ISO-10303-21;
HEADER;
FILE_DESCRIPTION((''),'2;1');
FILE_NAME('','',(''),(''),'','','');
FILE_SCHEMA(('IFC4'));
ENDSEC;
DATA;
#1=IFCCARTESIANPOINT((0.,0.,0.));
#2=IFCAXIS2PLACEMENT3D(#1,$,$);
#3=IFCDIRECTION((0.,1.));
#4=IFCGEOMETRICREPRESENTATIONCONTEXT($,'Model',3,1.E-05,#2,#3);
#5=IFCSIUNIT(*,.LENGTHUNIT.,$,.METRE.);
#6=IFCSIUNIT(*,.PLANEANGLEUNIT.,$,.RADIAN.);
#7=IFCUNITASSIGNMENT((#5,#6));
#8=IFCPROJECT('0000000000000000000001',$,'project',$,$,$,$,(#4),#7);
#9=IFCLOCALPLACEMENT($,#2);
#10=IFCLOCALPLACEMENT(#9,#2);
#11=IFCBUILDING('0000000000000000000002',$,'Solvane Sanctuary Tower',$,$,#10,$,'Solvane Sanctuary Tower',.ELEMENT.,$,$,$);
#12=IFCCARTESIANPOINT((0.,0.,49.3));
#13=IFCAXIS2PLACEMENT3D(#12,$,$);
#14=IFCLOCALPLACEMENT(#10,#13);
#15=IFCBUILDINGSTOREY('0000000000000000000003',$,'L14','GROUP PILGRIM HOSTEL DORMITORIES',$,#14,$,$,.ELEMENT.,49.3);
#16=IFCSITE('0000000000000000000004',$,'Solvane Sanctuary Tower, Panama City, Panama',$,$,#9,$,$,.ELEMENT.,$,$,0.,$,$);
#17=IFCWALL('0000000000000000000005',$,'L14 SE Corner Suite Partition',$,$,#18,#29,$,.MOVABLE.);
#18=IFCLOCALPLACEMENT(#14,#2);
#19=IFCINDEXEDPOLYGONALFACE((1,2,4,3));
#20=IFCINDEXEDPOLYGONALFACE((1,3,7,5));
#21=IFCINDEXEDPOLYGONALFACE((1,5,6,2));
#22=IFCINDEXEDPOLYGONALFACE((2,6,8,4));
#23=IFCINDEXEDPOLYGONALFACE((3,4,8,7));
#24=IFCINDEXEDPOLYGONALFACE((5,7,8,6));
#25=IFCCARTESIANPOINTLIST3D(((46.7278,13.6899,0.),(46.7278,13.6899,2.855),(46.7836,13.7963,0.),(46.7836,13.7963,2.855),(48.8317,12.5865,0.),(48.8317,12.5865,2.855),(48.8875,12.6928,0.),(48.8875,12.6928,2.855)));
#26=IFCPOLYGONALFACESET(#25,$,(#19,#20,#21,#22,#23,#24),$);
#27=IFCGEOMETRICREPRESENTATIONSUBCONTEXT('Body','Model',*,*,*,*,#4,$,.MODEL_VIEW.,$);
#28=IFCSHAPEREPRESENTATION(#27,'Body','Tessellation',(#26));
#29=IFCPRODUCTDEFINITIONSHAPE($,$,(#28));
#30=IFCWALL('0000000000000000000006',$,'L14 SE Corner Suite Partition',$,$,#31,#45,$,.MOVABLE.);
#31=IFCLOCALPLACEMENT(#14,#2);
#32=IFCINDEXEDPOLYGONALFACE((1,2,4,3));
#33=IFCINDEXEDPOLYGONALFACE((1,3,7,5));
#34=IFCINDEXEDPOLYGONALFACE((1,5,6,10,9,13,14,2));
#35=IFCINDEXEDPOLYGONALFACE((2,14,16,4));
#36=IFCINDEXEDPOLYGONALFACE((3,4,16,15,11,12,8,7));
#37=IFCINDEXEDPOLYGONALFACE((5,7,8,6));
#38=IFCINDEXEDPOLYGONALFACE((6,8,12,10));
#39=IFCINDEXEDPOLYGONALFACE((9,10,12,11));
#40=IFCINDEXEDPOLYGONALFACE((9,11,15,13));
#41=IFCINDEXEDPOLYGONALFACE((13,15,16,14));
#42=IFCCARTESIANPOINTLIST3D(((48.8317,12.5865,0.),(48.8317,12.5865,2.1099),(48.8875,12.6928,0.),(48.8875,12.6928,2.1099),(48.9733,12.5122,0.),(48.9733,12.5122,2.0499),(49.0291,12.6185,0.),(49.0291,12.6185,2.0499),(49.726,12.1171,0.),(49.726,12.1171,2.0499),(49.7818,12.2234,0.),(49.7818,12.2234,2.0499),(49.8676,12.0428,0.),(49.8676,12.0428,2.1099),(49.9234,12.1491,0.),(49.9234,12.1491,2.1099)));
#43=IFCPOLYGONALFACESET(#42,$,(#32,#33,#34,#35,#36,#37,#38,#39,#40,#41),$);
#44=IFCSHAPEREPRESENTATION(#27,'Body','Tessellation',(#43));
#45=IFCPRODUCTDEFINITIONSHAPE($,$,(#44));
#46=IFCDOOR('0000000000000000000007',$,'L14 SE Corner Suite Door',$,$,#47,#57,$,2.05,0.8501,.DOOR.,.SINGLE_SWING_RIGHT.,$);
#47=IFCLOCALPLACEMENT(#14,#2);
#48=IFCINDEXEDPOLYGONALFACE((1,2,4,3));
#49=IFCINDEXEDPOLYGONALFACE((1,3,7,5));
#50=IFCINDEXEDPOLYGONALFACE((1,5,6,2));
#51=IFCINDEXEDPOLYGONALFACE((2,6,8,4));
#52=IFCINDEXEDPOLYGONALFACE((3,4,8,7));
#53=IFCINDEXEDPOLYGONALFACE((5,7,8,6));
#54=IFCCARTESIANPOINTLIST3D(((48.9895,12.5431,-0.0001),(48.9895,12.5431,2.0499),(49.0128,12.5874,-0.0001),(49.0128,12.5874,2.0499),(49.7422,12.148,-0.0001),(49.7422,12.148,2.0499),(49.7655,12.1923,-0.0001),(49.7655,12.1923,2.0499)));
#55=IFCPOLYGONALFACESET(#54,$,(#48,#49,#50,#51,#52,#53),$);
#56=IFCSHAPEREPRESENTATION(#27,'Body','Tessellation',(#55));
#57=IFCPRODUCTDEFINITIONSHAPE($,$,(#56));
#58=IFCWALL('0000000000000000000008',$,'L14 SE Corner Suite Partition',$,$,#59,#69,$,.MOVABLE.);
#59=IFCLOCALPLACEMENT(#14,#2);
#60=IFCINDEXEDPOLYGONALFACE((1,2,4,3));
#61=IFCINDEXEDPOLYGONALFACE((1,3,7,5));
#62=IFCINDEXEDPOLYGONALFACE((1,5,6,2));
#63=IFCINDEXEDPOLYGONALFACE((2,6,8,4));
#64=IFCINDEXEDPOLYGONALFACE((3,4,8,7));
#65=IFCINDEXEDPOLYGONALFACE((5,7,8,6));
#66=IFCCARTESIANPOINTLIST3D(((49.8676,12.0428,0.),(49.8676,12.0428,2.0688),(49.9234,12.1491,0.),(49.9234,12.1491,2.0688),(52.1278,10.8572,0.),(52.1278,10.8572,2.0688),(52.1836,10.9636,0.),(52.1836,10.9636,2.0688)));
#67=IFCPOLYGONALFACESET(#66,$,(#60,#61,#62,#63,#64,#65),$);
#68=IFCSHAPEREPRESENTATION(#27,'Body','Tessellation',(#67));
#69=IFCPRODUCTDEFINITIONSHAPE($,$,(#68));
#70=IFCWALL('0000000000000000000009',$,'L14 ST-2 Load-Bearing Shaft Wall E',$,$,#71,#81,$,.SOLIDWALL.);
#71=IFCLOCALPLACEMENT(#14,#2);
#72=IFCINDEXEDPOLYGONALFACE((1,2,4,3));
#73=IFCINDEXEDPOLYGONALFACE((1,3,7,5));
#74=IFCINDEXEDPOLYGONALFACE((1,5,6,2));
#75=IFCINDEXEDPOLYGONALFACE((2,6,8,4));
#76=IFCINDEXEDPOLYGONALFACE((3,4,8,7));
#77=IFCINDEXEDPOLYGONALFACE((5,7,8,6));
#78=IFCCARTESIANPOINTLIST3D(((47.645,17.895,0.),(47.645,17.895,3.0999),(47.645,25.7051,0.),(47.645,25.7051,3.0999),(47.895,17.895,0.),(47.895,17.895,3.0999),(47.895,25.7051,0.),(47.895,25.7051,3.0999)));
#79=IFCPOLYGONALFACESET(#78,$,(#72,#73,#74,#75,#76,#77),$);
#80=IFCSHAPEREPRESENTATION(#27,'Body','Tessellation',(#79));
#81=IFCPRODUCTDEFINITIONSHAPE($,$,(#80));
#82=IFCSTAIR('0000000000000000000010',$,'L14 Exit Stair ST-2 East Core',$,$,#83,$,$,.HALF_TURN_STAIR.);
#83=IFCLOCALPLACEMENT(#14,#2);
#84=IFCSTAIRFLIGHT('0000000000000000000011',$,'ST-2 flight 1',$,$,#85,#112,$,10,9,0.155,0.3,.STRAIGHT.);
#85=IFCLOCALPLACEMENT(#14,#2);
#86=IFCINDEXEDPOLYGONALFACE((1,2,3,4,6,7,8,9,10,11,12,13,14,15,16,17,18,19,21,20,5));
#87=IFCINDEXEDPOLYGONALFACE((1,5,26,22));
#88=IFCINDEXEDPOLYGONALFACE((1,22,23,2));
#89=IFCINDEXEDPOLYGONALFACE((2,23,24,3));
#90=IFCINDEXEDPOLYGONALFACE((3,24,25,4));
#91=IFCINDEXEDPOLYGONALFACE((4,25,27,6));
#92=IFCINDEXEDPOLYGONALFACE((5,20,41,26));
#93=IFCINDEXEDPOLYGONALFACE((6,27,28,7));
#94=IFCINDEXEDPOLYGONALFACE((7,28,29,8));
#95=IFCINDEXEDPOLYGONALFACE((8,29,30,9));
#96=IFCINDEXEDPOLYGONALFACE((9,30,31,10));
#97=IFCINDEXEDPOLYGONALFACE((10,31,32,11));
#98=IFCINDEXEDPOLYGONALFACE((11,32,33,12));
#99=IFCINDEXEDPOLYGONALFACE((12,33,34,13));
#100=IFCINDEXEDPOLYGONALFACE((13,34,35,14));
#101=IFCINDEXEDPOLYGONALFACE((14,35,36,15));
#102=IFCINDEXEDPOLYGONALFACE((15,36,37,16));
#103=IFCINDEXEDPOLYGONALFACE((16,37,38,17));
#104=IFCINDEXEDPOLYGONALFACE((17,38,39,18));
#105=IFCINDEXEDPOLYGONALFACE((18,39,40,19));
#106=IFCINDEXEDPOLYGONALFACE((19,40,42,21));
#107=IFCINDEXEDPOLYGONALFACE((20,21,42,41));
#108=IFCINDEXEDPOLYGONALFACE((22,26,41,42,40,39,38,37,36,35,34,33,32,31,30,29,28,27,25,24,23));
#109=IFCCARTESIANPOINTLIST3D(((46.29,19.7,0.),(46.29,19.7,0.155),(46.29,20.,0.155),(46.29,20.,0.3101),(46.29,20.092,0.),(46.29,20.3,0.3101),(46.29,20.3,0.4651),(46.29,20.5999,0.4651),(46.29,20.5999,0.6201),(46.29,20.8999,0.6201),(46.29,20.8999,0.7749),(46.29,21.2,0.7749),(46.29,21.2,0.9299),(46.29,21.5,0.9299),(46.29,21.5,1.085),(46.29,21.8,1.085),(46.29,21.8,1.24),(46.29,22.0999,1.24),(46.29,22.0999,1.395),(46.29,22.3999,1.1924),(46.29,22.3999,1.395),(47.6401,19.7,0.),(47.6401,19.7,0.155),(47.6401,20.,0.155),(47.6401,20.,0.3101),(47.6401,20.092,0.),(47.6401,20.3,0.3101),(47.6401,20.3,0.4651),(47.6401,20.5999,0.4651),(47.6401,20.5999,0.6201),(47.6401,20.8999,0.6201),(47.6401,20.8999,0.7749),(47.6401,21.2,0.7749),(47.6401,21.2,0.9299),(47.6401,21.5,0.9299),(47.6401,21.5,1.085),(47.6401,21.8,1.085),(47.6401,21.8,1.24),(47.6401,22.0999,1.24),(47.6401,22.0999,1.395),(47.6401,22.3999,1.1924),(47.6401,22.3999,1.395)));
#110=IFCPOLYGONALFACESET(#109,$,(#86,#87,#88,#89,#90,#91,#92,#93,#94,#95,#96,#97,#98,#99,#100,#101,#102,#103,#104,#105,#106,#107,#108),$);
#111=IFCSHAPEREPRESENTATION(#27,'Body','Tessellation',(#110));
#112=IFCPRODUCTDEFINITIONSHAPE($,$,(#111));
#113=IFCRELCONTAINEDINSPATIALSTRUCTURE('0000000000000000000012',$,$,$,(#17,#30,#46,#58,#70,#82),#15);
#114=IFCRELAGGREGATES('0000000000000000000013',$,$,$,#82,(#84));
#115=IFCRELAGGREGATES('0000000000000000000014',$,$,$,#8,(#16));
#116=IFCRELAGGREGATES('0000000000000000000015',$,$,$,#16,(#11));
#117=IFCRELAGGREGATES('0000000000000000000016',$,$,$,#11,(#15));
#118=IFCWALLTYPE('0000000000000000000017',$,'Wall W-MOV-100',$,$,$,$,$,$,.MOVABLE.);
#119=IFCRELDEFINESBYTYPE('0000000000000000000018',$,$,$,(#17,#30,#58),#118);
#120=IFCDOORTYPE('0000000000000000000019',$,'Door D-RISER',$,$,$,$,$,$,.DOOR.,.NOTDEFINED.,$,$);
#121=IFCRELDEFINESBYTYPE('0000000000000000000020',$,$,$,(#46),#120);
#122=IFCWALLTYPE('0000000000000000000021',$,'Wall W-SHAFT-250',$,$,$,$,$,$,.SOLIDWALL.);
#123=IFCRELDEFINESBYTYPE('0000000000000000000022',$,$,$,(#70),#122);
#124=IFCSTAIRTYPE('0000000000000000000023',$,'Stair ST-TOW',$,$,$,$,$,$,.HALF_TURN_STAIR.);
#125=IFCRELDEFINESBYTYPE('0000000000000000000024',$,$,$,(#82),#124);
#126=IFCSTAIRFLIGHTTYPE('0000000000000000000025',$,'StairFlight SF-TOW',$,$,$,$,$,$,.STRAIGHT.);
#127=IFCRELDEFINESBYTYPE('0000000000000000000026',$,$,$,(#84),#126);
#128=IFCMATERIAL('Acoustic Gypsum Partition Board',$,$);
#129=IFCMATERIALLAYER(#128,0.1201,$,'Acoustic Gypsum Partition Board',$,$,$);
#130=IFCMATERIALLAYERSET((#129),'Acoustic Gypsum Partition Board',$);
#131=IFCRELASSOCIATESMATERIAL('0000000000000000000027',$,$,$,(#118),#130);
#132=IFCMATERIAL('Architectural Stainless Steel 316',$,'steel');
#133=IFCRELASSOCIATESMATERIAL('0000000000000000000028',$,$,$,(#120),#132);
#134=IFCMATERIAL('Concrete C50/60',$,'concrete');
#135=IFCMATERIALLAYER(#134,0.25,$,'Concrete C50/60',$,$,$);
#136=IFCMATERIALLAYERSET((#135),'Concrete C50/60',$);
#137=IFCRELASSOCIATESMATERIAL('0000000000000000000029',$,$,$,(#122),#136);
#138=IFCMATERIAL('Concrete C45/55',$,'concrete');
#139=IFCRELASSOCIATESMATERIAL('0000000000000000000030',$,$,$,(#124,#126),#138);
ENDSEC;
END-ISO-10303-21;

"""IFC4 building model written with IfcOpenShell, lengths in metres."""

from ifc_helpers import new_model, si_unit, direction, frame, frame_2d, origin, place, context, subcontext, project, spatial, polyline, rectangle, outline, extrude, material, layer, layer_set, type_object, element, fill, aggregate, save


model = new_model("IFC4")

# Units and contexts
model_context = context("Model", 3, precision=1e-05, world=origin(), true_north=direction((0.0, 1.0)))
body_context = subcontext(model_context, "Body", "Model", "MODEL_VIEW")
ifc_project = project(units=[si_unit("LENGTHUNIT", "METRE"), si_unit("PLANEANGLEUNIT", "RADIAN")], contexts=[model_context])

# Site, building, storey
site_placement = place(None, origin())
site = spatial("IfcSite", under=ifc_project, at=site_placement, Name="Solvane Sanctuary Tower, Panama City, Panama", CompositionType="ELEMENT", RefElevation=0.0)
building_placement = place(site_placement, origin())
building = spatial("IfcBuilding", under=site, at=building_placement, Name="Solvane Sanctuary Tower", LongName="Solvane Sanctuary Tower", CompositionType="ELEMENT")
storey_placement = place(building_placement, frame((0.0, 0.0, 49.3)))
storey = spatial("IfcBuildingStorey", under=building, at=storey_placement, Name="L14", Description="GROUP PILGRIM HOSTEL DORMITORIES", CompositionType="ELEMENT", Elevation=49.3)

# Shared definitions
ifc_material_1 = material(Name="Acoustic Gypsum Partition Board")

# Wall
ifc_layer_1 = layer(ifc_material_1, 0.1201, Name="Acoustic Gypsum Partition Board")
ifc_layer_set_1 = layer_set([ifc_layer_1], Name="Acoustic Gypsum Partition Board")
wall_type_1 = type_object("IfcWallType", Name="Wall W-MOV-100", PredefinedType="MOVABLE", material=ifc_layer_set_1)
wall_1_placement = place(storey_placement, frame((46.7556, 13.7432, 0.0), z_axis=(0.0, 0.0, 1.0), x_axis=(0.885586, -0.464475, 0.0)))
element("IfcWall", 1, at=wall_1_placement, inside=storey, type_object=wall_type_1, Name="L14 SE Corner Suite Partition", PredefinedType="MOVABLE", context=body_context, shape_type="SweptSolid", body=[
    extrude(rectangle(XDim=2.3757, YDim=0.1201, at=frame_2d((1.188, 0.0))), origin(), (0.0, 0.0, 1.0), 2.855),
])

# Wall, opening, door
wall_2_placement = place(storey_placement, frame((48.8596, 12.6396, 0.0), z_axis=(0.0, 0.0, 1.0), x_axis=(0.885447, -0.46474, 0.0)))
wall_2 = element("IfcWall", 2, at=wall_2_placement, inside=storey, type_object=wall_type_1, Name="L14 SE Corner Suite Partition", PredefinedType="MOVABLE", context=body_context, shape_type="SweptSolid", body=[
    extrude(rectangle(XDim=1.1699, YDim=0.1201, at=frame_2d((0.585, 0.0))), origin(), (0.0, 0.0, 1.0), 2.1099),
])
opening_1_placement = place(wall_2_placement, frame((0.1599, 0.0, 0.0)))
opening_1 = element("IfcOpeningElement", 3, at=opening_1_placement, cuts=wall_2, PredefinedType="OPENING", context=body_context, shape_type="SweptSolid", body=[
    extrude(rectangle(XDim=0.8501, YDim=2.05, at=frame_2d((0.425, 1.0249))), frame((0.0, 0.0701, 0.0), z_axis=(0.0, -1.0, 0.0), x_axis=(1.0, 0.0, 0.0)), (0.0, 0.0, 1.0), 0.1401),
])
ifc_material_2 = material(Name="Architectural Stainless Steel 316", Category="steel")
door_type_1 = type_object("IfcDoorType", Name="Door D-RISER", OperationType="NOTDEFINED", PredefinedType="DOOR", material=ifc_material_2)
door_1_placement = place(opening_1_placement, origin())
door_1 = element("IfcDoor", 4, at=door_1_placement, inside=storey, type_object=door_type_1, Name="L14 SE Corner Suite Door", OperationType="SINGLE_SWING_RIGHT", OverallHeight=2.05, OverallWidth=0.8501, PredefinedType="DOOR", context=body_context, shape_type="SweptSolid", body=[
    extrude(rectangle(XDim=0.8501, YDim=2.05, at=frame_2d((0.425, 1.0249))), frame((0.0, 0.0249, 0.0), z_axis=(0.0, -1.0, 0.0), x_axis=(1.0, 0.0, 0.0)), (0.0, 0.0, 1.0), 0.05),
])
fill(opening_1, door_1)

# Walls
wall_3_placement = place(storey_placement, frame((49.8955, 12.0959, 0.0), z_axis=(0.0, 0.0, 1.0), x_axis=(0.885573, -0.4645, 0.0)))
element("IfcWall", 5, at=wall_3_placement, inside=storey, type_object=wall_type_1, Name="L14 SE Corner Suite Partition", PredefinedType="MOVABLE", context=body_context, shape_type="SweptSolid", body=[
    extrude(rectangle(XDim=2.5522, YDim=0.1201, at=frame_2d((1.2761, 0.0))), origin(), (0.0, 0.0, 1.0), 2.0688),
])
ifc_material_3 = material(Name="Concrete C50/60", Category="concrete")
ifc_layer_2 = layer(ifc_material_3, 0.25, Name="Concrete C50/60")
ifc_layer_set_2 = layer_set([ifc_layer_2], Name="Concrete C50/60")
wall_type_2 = type_object("IfcWallType", Name="Wall W-SHAFT-250", PredefinedType="SOLIDWALL", material=ifc_layer_set_2)
wall_4_placement = place(storey_placement, frame((47.77, 17.895, 0.0), z_axis=(0.0, 0.0, 1.0), x_axis=(0.0, 1.0, 0.0)))
element("IfcWall", 6, at=wall_4_placement, inside=storey, type_object=wall_type_2, Name="L14 ST-2 Load-Bearing Shaft Wall E", PredefinedType="SOLIDWALL", context=body_context, shape_type="SweptSolid", body=[
    extrude(rectangle(XDim=7.8101, YDim=0.25, at=frame_2d((3.905, 0.0))), origin(), (0.0, 0.0, 1.0), 3.0999),
])

# Stair, stair flight
ifc_material_4 = material(Name="Concrete C45/55", Category="concrete")
stair_type = type_object("IfcStairType", Name="Stair ST-TOW", PredefinedType="HALF_TURN_STAIR", material=ifc_material_4)
stair_placement = place(storey_placement, origin())
stair = element("IfcStair", 7, at=stair_placement, inside=storey, type_object=stair_type, Name="L14 Exit Stair ST-2 East Core", PredefinedType="HALF_TURN_STAIR")
stair_flight_type = type_object("IfcStairFlightType", Name="StairFlight SF-TOW", PredefinedType="STRAIGHT", material=ifc_material_4)
stair_flight_placement = place(storey_placement, frame((46.9651, 19.7, 0.0), z_axis=(0.0, 0.0, 1.0), x_axis=(0.0, 1.0, 0.0)))
stair_flight = element("IfcStairFlight", 8, at=stair_flight_placement, type_object=stair_flight_type, Name="ST-2 flight 1", NumberOfRisers=10, NumberOfTreads=9, PredefinedType="STRAIGHT", RiserHeight=0.155, TreadLength=0.3, context=body_context, shape_type="SweptSolid", body=[
    extrude(outline(polyline([(0.0, 0.0), (0.0, 0.155), (0.3, 0.155), (0.3, 0.3101), (0.6001, 0.3101), (0.6001, 0.4651), (0.8999, 0.4651), (0.8999, 0.6201), (1.2, 0.6201), (1.2, 0.7749), (1.5, 0.7749), (1.5, 0.9299), (1.8, 0.9299), (1.8, 1.085), (2.1001, 1.085), (2.1001, 1.24), (2.3999, 1.24), (2.3999, 1.395), (2.7, 1.395), (2.7, 1.55), (2.7, 1.1924), (0.3921, 0.0), (0.0, 0.0)])), frame((0.0, 0.675, 0.0), z_axis=(0.0, -1.0, 0.0), x_axis=(1.0, 0.0, 0.0)), (0.0, 0.0, 1.0), 1.3501),
])
aggregate(stair, [stair_flight])

save(model, "model.ifc")
